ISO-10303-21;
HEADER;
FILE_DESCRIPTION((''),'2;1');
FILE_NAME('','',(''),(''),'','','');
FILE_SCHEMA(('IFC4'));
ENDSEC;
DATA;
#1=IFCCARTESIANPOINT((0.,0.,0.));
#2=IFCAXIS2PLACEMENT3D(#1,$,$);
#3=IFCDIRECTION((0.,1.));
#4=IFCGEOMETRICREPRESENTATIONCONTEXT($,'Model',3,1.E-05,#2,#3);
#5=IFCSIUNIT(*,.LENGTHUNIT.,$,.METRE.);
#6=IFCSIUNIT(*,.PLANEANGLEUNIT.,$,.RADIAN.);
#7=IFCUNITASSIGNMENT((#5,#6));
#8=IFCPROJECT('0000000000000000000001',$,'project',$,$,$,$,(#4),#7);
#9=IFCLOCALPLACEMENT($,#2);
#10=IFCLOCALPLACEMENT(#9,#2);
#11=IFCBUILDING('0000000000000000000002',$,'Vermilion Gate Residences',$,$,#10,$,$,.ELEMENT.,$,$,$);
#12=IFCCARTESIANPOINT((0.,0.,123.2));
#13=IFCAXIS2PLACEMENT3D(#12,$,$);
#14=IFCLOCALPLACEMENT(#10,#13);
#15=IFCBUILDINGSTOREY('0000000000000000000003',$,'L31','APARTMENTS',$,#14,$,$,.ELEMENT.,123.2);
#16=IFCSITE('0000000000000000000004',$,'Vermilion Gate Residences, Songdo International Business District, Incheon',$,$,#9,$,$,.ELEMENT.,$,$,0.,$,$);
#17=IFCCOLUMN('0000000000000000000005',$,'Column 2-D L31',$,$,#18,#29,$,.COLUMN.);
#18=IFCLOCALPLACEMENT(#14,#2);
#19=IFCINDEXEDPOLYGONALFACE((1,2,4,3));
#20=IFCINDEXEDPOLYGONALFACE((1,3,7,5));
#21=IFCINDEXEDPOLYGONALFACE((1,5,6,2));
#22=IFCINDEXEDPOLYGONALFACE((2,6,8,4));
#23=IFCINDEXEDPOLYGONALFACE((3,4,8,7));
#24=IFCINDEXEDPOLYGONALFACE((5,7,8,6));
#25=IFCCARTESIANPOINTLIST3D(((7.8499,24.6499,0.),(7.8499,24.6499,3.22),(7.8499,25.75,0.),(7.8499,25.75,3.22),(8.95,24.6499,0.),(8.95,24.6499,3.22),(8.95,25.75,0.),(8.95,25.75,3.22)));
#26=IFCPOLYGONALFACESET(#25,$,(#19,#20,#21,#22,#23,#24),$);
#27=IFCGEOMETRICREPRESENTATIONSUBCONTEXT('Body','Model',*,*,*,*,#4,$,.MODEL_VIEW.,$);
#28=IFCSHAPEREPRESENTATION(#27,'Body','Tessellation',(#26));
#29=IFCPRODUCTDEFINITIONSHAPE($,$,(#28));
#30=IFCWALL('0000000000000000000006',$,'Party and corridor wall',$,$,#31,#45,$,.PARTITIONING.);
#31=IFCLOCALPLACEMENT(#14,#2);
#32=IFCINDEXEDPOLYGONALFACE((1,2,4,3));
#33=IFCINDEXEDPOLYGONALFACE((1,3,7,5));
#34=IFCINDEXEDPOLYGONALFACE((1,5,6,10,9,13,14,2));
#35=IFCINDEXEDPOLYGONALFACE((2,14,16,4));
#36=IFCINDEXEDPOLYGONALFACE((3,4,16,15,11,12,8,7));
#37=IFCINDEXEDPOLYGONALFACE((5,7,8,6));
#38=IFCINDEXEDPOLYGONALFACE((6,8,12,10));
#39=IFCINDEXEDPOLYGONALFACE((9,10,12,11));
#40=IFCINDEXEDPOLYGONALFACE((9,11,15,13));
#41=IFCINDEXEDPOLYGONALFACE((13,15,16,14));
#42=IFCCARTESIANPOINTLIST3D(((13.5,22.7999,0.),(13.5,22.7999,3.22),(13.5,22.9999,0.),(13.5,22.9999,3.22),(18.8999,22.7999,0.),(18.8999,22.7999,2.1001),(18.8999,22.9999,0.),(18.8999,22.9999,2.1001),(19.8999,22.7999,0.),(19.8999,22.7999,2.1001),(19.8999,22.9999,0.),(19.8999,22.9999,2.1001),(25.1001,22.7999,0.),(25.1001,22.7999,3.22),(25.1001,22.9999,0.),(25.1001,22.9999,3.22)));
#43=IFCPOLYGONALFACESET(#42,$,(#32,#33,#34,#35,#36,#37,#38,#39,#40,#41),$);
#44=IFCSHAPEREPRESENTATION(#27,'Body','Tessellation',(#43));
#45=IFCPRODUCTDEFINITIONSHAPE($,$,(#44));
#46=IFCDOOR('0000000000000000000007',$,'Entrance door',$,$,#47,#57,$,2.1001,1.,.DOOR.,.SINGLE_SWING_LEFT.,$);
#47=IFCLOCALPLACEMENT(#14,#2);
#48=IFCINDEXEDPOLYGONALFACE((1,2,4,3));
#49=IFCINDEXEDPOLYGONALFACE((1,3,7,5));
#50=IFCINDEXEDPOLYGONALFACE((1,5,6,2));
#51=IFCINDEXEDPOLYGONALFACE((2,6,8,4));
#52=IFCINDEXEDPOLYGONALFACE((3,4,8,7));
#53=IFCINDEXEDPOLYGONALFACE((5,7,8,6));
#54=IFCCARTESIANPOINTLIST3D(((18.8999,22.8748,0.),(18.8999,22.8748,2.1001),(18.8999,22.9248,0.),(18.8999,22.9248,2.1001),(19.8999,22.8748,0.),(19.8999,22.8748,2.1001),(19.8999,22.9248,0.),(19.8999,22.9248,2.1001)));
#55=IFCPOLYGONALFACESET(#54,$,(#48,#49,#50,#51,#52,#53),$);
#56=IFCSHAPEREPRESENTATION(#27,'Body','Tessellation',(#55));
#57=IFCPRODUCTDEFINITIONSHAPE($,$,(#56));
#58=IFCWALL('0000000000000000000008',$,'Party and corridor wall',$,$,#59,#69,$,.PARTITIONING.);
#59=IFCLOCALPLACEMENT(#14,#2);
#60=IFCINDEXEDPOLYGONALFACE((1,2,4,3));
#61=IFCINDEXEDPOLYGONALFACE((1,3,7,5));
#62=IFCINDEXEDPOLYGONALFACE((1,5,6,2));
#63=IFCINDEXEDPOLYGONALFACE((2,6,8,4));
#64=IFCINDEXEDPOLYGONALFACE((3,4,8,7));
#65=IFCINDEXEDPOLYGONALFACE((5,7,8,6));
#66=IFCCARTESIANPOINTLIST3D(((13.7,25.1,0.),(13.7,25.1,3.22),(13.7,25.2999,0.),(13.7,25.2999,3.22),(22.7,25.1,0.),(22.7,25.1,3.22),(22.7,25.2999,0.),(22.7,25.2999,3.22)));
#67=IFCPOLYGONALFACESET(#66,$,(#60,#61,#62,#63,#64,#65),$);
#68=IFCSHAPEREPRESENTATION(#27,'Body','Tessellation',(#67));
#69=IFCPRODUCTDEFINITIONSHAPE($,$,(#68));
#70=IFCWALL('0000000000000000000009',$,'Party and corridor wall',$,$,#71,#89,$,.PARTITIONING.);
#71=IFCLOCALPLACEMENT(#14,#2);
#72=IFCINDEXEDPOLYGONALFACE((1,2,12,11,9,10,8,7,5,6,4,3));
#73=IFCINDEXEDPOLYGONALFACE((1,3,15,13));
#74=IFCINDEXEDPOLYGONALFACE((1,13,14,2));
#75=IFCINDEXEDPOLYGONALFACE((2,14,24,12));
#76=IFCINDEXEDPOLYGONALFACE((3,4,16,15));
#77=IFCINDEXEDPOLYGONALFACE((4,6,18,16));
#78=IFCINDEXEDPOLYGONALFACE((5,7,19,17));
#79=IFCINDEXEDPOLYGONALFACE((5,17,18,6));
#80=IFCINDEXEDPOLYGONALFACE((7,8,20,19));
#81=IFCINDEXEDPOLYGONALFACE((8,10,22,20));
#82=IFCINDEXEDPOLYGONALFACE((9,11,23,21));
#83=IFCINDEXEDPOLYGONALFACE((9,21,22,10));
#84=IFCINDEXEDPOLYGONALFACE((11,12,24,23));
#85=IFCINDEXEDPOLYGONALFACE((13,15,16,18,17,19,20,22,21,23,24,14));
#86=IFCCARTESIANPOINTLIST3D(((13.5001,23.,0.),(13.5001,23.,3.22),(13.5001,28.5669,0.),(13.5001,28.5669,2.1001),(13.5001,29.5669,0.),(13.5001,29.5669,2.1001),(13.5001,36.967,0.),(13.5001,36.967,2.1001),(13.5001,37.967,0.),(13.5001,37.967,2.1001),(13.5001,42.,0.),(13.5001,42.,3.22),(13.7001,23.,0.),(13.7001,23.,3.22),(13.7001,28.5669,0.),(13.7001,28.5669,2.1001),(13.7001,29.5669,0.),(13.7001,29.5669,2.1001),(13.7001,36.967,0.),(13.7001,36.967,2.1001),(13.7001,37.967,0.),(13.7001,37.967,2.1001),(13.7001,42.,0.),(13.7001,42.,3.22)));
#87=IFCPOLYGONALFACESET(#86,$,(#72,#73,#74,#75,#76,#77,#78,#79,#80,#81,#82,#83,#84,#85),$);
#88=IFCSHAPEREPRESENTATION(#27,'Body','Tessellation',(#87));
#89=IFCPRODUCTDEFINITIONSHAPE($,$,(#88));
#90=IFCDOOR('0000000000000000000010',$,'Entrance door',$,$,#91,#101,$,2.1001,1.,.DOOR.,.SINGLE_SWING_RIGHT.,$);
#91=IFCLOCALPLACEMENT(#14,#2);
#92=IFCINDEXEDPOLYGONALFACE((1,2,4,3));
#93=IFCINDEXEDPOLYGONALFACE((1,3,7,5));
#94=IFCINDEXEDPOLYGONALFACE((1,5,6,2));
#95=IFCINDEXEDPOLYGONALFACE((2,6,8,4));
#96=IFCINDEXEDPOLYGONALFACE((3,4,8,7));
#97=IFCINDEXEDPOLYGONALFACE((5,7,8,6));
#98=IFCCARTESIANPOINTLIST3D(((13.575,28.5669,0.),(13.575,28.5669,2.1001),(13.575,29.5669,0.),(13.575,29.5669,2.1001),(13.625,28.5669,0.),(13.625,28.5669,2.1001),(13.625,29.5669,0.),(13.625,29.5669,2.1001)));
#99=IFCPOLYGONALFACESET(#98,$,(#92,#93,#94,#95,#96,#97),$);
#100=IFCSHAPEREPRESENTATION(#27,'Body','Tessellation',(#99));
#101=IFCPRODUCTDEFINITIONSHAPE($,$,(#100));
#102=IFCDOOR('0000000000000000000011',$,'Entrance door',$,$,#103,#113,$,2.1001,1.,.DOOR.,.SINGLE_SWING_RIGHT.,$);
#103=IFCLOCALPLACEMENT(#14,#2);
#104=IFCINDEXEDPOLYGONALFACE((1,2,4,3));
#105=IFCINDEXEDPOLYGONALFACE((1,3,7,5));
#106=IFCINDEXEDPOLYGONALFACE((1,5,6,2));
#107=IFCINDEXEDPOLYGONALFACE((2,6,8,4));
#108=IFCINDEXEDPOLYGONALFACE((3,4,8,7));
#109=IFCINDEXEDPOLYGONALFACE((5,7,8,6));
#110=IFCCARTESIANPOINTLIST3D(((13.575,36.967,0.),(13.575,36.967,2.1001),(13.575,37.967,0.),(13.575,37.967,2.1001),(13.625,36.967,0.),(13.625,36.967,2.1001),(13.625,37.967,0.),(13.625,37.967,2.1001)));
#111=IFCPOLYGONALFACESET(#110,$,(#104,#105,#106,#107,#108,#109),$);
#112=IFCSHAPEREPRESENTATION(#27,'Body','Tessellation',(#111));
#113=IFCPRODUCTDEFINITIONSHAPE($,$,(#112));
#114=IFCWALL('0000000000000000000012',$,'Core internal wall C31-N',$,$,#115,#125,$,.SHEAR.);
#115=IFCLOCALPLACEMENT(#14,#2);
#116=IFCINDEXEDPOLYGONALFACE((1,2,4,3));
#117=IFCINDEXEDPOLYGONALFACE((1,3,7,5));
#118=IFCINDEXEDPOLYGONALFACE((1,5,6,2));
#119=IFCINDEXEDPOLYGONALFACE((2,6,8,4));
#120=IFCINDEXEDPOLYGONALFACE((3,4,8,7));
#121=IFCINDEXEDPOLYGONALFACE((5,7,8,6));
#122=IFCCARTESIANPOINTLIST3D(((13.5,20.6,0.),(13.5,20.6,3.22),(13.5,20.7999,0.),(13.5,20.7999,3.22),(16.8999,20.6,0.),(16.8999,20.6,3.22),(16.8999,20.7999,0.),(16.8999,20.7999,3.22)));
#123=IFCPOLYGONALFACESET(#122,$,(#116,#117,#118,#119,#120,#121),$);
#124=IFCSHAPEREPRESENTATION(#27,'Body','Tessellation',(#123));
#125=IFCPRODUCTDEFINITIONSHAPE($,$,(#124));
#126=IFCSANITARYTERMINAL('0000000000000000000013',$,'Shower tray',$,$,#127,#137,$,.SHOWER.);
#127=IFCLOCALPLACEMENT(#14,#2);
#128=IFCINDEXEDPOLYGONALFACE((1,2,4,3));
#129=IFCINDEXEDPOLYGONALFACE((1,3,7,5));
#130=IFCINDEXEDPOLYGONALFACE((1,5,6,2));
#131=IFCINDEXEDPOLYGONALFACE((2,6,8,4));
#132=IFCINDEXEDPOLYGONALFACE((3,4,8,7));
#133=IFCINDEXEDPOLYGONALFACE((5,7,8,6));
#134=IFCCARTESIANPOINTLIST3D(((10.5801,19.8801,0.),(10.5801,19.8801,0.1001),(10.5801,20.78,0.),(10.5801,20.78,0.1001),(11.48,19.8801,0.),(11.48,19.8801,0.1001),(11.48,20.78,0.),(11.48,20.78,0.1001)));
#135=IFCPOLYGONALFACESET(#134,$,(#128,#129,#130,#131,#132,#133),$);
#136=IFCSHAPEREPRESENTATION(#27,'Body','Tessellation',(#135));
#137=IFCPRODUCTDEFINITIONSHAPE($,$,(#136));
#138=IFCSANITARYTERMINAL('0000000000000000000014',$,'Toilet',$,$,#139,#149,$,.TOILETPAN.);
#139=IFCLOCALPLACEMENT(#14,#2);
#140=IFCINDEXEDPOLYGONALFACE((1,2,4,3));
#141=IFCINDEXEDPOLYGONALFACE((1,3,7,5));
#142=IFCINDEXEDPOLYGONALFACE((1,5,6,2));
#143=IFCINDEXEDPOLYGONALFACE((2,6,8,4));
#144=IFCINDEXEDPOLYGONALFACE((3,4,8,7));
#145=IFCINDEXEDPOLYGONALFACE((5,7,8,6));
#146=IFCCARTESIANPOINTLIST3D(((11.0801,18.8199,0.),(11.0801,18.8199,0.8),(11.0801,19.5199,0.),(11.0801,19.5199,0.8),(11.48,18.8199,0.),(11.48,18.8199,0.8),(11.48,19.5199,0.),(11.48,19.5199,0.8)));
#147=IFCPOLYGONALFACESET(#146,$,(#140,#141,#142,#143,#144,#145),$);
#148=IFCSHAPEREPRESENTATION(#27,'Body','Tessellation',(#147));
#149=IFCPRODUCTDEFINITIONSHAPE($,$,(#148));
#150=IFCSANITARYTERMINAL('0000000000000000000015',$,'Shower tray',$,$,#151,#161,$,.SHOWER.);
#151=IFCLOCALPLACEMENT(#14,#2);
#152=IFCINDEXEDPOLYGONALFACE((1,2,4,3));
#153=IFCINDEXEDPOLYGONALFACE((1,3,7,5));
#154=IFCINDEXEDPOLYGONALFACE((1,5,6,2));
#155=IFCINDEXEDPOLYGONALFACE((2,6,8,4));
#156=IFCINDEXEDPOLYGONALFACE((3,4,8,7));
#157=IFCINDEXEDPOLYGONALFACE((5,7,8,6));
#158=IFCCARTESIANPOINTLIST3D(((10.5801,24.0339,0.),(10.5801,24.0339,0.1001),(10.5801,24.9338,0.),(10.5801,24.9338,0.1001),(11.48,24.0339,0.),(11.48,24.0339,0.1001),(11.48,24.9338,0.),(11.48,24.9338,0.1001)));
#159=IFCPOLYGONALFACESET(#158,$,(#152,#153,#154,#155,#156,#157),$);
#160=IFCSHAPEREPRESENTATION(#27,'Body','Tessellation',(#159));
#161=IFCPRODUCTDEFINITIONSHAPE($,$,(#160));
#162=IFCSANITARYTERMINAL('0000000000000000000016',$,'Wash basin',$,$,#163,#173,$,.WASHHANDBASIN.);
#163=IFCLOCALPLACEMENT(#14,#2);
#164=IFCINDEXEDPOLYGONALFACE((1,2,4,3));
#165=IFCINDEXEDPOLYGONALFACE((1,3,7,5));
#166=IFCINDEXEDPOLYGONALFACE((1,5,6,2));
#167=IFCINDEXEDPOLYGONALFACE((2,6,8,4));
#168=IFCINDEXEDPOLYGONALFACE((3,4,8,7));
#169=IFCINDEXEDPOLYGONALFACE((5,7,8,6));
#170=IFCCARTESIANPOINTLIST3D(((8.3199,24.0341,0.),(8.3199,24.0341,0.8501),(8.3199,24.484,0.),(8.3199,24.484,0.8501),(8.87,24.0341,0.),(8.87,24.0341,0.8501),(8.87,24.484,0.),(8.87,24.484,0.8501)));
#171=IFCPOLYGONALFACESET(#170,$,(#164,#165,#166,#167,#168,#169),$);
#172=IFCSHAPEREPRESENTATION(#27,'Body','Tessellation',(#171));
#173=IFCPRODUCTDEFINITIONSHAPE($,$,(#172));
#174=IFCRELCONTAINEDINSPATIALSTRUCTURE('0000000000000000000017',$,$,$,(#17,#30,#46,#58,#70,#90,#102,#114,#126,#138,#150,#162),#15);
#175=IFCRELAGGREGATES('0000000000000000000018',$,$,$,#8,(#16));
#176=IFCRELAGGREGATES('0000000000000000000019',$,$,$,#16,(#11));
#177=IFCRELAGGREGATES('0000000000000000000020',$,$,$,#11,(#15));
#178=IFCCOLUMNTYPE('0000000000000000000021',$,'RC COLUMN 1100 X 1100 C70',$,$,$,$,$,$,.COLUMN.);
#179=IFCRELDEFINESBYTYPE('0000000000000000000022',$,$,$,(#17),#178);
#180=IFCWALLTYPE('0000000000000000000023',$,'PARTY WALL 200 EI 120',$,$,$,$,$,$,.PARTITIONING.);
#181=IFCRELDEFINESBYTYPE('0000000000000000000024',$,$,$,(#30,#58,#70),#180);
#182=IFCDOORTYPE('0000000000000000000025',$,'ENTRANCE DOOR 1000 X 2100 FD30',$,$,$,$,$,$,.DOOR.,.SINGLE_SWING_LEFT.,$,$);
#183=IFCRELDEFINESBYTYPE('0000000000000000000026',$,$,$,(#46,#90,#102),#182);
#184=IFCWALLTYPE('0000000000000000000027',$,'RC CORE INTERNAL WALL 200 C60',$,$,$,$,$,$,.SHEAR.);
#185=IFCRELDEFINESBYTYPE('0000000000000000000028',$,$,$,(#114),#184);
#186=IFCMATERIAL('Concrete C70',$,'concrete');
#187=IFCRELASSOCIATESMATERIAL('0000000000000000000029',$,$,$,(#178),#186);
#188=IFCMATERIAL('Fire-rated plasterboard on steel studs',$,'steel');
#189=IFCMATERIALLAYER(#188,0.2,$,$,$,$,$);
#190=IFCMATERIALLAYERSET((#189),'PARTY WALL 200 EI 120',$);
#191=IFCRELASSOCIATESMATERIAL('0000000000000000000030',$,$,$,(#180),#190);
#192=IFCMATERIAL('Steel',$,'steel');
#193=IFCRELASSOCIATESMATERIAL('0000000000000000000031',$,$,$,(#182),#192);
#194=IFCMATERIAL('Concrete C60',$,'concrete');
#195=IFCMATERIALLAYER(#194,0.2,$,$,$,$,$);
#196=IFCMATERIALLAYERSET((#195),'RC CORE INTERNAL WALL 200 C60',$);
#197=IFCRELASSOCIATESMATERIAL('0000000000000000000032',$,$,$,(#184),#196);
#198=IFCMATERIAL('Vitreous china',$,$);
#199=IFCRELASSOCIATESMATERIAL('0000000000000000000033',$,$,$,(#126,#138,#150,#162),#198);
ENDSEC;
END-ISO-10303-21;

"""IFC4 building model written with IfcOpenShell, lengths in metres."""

from ifc_helpers import new_model, si_unit, direction, frame, frame_2d, origin, origin_2d, place, context, subcontext, project, spatial, rectangle, extrude, material, layer, layer_set, material_profile, profile_set, type_object, element, fill, save


model = new_model("IFC4")

# Units and contexts
model_context = context("Model", 3, precision=1e-05, world=origin(), true_north=direction((0.0, 1.0)))
body_context = subcontext(model_context, "Body", "Model", "MODEL_VIEW")
ifc_project = project(units=[si_unit("LENGTHUNIT", "METRE"), si_unit("PLANEANGLEUNIT", "RADIAN")], contexts=[model_context])

# Site, building, storey
site_placement = place(None, origin())
site = spatial("IfcSite", under=ifc_project, at=site_placement, Name="Vermilion Gate Residences, Songdo International Business District, Incheon", CompositionType="ELEMENT", RefElevation=0.0)
building_placement = place(site_placement, origin())
building = spatial("IfcBuilding", under=site, at=building_placement, Name="Vermilion Gate Residences", CompositionType="ELEMENT")
storey_placement = place(building_placement, frame((0.0, 0.0, 123.2)))
storey = spatial("IfcBuildingStorey", under=building, at=storey_placement, Name="L31", Description="APARTMENTS", CompositionType="ELEMENT", Elevation=123.2)

# Column
ifc_material_1 = material(Name="Concrete C70", Category="concrete")
ifc_material_profile = material_profile(ifc_material_1, rectangle(XDim=1.1001, YDim=1.1001, at=origin_2d()), Name="RC-1100x1100")
ifc_profile_set = profile_set([ifc_material_profile], Name="Concrete C70")
column_type = type_object("IfcColumnType", Name="RC COLUMN 1100 X 1100 C70", PredefinedType="COLUMN", material=ifc_profile_set)
column_placement = place(storey_placement, frame((8.3999, 25.2, 0.0), z_axis=(0.0, 0.0, 1.0), x_axis=(1.0, 0.0, 0.0)))
element("IfcColumn", 1, at=column_placement, inside=storey, type_object=column_type, Name="Column 2-D L31", PredefinedType="COLUMN", context=body_context, shape_type="SweptSolid", body=[
    extrude(rectangle(XDim=1.1001, YDim=1.1001, at=origin_2d()), origin(), (0.0, 0.0, 1.0), 3.22),
])

# Wall, opening, door
ifc_material_2 = material(Name="Fire-rated plasterboard on steel studs", Category="steel")
ifc_layer_1 = layer(ifc_material_2, 0.2)
ifc_layer_set_1 = layer_set([ifc_layer_1], Name="PARTY WALL 200 EI 120")
wall_type_1 = type_object("IfcWallType", Name="PARTY WALL 200 EI 120", PredefinedType="PARTITIONING", material=ifc_layer_set_1)
wall_1_placement = place(storey_placement, frame((13.5, 22.8999, 0.0), z_axis=(0.0, 0.0, 1.0), x_axis=(1.0, 0.0, 0.0)))
wall_1 = element("IfcWall", 2, at=wall_1_placement, inside=storey, type_object=wall_type_1, Name="Party and corridor wall", PredefinedType="PARTITIONING", context=body_context, shape_type="SweptSolid", body=[
    extrude(rectangle(XDim=11.6001, YDim=0.2, at=frame_2d((5.8, 0.0))), origin(), (0.0, 0.0, 1.0), 3.22),
])
opening_1_placement = place(wall_1_placement, frame((5.3999, 0.0, 0.0)))
opening_1 = element("IfcOpeningElement", 3, at=opening_1_placement, cuts=wall_1, PredefinedType="OPENING", context=body_context, shape_type="SweptSolid", body=[
    extrude(rectangle(XDim=1.0, YDim=2.1001, at=frame_2d((0.5, 1.05))), frame((0.0, 0.1099, 0.0), z_axis=(0.0, -1.0, 0.0), x_axis=(1.0, 0.0, 0.0)), (0.0, 0.0, 1.0), 0.22),
])
ifc_material_3 = material(Name="Steel", Category="steel")
door_type = type_object("IfcDoorType", Name="ENTRANCE DOOR 1000 X 2100 FD30", OperationType="SINGLE_SWING_LEFT", PredefinedType="DOOR", material=ifc_material_3)
door_1_placement = place(opening_1_placement, origin())
door_1 = element("IfcDoor", 4, at=door_1_placement, inside=storey, type_object=door_type, Name="Entrance door", OperationType="SINGLE_SWING_LEFT", OverallHeight=2.1001, OverallWidth=1.0, PredefinedType="DOOR", context=body_context, shape_type="SweptSolid", body=[
    extrude(rectangle(XDim=1.0, YDim=2.1001, at=frame_2d((0.5, 1.05))), frame((0.0, 0.0249, 0.0), z_axis=(0.0, -1.0, 0.0), x_axis=(1.0, 0.0, 0.0)), (0.0, 0.0, 1.0), 0.05),
])
fill(opening_1, door_1)

# Wall
wall_2_placement = place(storey_placement, frame((13.7, 25.2, 0.0), z_axis=(0.0, 0.0, 1.0), x_axis=(1.0, 0.0, 0.0)))
element("IfcWall", 5, at=wall_2_placement, inside=storey, type_object=wall_type_1, Name="Party and corridor wall", PredefinedType="PARTITIONING", context=body_context, shape_type="SweptSolid", body=[
    extrude(rectangle(XDim=9.0, YDim=0.2, at=frame_2d((4.5, 0.0))), origin(), (0.0, 0.0, 1.0), 3.22),
])

# Wall, openings, doors
wall_3_placement = place(storey_placement, frame((13.6001, 23.0, 0.0), z_axis=(0.0, 0.0, 1.0), x_axis=(0.0, 1.0, 0.0)))
wall_3 = element("IfcWall", 6, at=wall_3_placement, inside=storey, type_object=wall_type_1, Name="Party and corridor wall", PredefinedType="PARTITIONING", context=body_context, shape_type="SweptSolid", body=[
    extrude(rectangle(XDim=19.0, YDim=0.2, at=frame_2d((9.5, 0.0))), origin(), (0.0, 0.0, 1.0), 3.22),
])
opening_2_placement = place(wall_3_placement, frame((5.5669, 0.0, 0.0)))
opening_2 = element("IfcOpeningElement", 7, at=opening_2_placement, cuts=wall_3, PredefinedType="OPENING", context=body_context, shape_type="SweptSolid", body=[
    extrude(rectangle(XDim=1.0, YDim=2.1001, at=frame_2d((0.5, 1.05))), frame((0.0, 0.1099, 0.0), z_axis=(0.0, -1.0, 0.0), x_axis=(1.0, 0.0, 0.0)), (0.0, 0.0, 1.0), 0.22),
])
opening_3_placement = place(wall_3_placement, frame((13.967, 0.0, 0.0)))
opening_3 = element("IfcOpeningElement", 8, at=opening_3_placement, cuts=wall_3, PredefinedType="OPENING", context=body_context, shape_type="SweptSolid", body=[
    extrude(rectangle(XDim=1.0, YDim=2.1001, at=frame_2d((0.5, 1.05))), frame((0.0, 0.1099, 0.0), z_axis=(0.0, -1.0, 0.0), x_axis=(1.0, 0.0, 0.0)), (0.0, 0.0, 1.0), 0.22),
])
door_2_placement = place(opening_2_placement, frame((1.0, 0.0, 0.0), z_axis=(0.0, 0.0, 1.0), x_axis=(-1.0, 0.0, 0.0)))
door_2 = element("IfcDoor", 9, at=door_2_placement, inside=storey, type_object=door_type, Name="Entrance door", OperationType="SINGLE_SWING_RIGHT", OverallHeight=2.1001, OverallWidth=1.0, PredefinedType="DOOR", context=body_context, shape_type="SweptSolid", body=[
    extrude(rectangle(XDim=1.0, YDim=2.1001, at=frame_2d((0.5, 1.05))), frame((0.0, 0.0249, 0.0), z_axis=(0.0, -1.0, 0.0), x_axis=(1.0, 0.0, 0.0)), (0.0, 0.0, 1.0), 0.05),
])
fill(opening_2, door_2)
door_3_placement = place(opening_3_placement, frame((1.0, 0.0, 0.0), z_axis=(0.0, 0.0, 1.0), x_axis=(-1.0, 0.0, 0.0)))
door_3 = element("IfcDoor", 10, at=door_3_placement, inside=storey, type_object=door_type, Name="Entrance door", OperationType="SINGLE_SWING_RIGHT", OverallHeight=2.1001, OverallWidth=1.0, PredefinedType="DOOR", context=body_context, shape_type="SweptSolid", body=[
    extrude(rectangle(XDim=1.0, YDim=2.1001, at=frame_2d((0.5, 1.05))), frame((0.0, 0.0249, 0.0), z_axis=(0.0, -1.0, 0.0), x_axis=(1.0, 0.0, 0.0)), (0.0, 0.0, 1.0), 0.05),
])
fill(opening_3, door_3)

# Wall
ifc_material_4 = material(Name="Concrete C60", Category="concrete")
ifc_layer_2 = layer(ifc_material_4, 0.2)
ifc_layer_set_2 = layer_set([ifc_layer_2], Name="RC CORE INTERNAL WALL 200 C60")
wall_type_2 = type_object("IfcWallType", Name="RC CORE INTERNAL WALL 200 C60", PredefinedType="SHEAR", material=ifc_layer_set_2)
wall_4_placement = place(storey_placement, frame((13.5, 20.7, 0.0), z_axis=(0.0, 0.0, 1.0), x_axis=(1.0, 0.0, 0.0)))
element("IfcWall", 11, at=wall_4_placement, inside=storey, type_object=wall_type_2, Name="Core internal wall C31-N", PredefinedType="SHEAR", context=body_context, shape_type="SweptSolid", body=[
    extrude(rectangle(XDim=3.3999, YDim=0.2, at=frame_2d((1.7, 0.0))), origin(), (0.0, 0.0, 1.0), 3.22),
])

# Sanitary terminals
ifc_material_5 = material(Name="Vitreous china")
sanitary_terminal_1_placement = place(storey_placement, frame((11.03, 20.3301, 0.0), z_axis=(0.0, 0.0, 1.0), x_axis=(1.0, 0.0, 0.0)))
element("IfcSanitaryTerminal", 12, at=sanitary_terminal_1_placement, inside=storey, material=ifc_material_5, Name="Shower tray", PredefinedType="SHOWER", context=body_context, shape_type="SweptSolid", body=[
    extrude(rectangle(XDim=0.8999, YDim=0.8999, at=origin_2d()), origin(), (0.0, 0.0, 1.0), 0.1001),
])
sanitary_terminal_2_placement = place(storey_placement, frame((11.28, 19.1699, 0.0), z_axis=(0.0, 0.0, 1.0), x_axis=(1.0, 0.0, 0.0)))
element("IfcSanitaryTerminal", 13, at=sanitary_terminal_2_placement, inside=storey, material=ifc_material_5, Name="Toilet", PredefinedType="TOILETPAN", context=body_context, shape_type="SweptSolid", body=[
    extrude(rectangle(XDim=0.3999, YDim=0.7, at=origin_2d()), origin(), (0.0, 0.0, 1.0), 0.8),
])
sanitary_terminal_3_placement = place(storey_placement, frame((11.03, 24.4839, 0.0), z_axis=(0.0, 0.0, 1.0), x_axis=(1.0, 0.0, 0.0)))
element("IfcSanitaryTerminal", 14, at=sanitary_terminal_3_placement, inside=storey, material=ifc_material_5, Name="Shower tray", PredefinedType="SHOWER", context=body_context, shape_type="SweptSolid", body=[
    extrude(rectangle(XDim=0.8999, YDim=0.8999, at=origin_2d()), origin(), (0.0, 0.0, 1.0), 0.1001),
])
sanitary_terminal_4_placement = place(storey_placement, frame((8.595, 24.259, 0.0), z_axis=(0.0, 0.0, 1.0), x_axis=(1.0, 0.0, 0.0)))
element("IfcSanitaryTerminal", 15, at=sanitary_terminal_4_placement, inside=storey, material=ifc_material_5, Name="Wash basin", PredefinedType="WASHHANDBASIN", context=body_context, shape_type="SweptSolid", body=[
    extrude(rectangle(XDim=0.55, YDim=0.45, at=origin_2d()), origin(), (0.0, 0.0, 1.0), 0.8501),
])

save(model, "model.ifc")
